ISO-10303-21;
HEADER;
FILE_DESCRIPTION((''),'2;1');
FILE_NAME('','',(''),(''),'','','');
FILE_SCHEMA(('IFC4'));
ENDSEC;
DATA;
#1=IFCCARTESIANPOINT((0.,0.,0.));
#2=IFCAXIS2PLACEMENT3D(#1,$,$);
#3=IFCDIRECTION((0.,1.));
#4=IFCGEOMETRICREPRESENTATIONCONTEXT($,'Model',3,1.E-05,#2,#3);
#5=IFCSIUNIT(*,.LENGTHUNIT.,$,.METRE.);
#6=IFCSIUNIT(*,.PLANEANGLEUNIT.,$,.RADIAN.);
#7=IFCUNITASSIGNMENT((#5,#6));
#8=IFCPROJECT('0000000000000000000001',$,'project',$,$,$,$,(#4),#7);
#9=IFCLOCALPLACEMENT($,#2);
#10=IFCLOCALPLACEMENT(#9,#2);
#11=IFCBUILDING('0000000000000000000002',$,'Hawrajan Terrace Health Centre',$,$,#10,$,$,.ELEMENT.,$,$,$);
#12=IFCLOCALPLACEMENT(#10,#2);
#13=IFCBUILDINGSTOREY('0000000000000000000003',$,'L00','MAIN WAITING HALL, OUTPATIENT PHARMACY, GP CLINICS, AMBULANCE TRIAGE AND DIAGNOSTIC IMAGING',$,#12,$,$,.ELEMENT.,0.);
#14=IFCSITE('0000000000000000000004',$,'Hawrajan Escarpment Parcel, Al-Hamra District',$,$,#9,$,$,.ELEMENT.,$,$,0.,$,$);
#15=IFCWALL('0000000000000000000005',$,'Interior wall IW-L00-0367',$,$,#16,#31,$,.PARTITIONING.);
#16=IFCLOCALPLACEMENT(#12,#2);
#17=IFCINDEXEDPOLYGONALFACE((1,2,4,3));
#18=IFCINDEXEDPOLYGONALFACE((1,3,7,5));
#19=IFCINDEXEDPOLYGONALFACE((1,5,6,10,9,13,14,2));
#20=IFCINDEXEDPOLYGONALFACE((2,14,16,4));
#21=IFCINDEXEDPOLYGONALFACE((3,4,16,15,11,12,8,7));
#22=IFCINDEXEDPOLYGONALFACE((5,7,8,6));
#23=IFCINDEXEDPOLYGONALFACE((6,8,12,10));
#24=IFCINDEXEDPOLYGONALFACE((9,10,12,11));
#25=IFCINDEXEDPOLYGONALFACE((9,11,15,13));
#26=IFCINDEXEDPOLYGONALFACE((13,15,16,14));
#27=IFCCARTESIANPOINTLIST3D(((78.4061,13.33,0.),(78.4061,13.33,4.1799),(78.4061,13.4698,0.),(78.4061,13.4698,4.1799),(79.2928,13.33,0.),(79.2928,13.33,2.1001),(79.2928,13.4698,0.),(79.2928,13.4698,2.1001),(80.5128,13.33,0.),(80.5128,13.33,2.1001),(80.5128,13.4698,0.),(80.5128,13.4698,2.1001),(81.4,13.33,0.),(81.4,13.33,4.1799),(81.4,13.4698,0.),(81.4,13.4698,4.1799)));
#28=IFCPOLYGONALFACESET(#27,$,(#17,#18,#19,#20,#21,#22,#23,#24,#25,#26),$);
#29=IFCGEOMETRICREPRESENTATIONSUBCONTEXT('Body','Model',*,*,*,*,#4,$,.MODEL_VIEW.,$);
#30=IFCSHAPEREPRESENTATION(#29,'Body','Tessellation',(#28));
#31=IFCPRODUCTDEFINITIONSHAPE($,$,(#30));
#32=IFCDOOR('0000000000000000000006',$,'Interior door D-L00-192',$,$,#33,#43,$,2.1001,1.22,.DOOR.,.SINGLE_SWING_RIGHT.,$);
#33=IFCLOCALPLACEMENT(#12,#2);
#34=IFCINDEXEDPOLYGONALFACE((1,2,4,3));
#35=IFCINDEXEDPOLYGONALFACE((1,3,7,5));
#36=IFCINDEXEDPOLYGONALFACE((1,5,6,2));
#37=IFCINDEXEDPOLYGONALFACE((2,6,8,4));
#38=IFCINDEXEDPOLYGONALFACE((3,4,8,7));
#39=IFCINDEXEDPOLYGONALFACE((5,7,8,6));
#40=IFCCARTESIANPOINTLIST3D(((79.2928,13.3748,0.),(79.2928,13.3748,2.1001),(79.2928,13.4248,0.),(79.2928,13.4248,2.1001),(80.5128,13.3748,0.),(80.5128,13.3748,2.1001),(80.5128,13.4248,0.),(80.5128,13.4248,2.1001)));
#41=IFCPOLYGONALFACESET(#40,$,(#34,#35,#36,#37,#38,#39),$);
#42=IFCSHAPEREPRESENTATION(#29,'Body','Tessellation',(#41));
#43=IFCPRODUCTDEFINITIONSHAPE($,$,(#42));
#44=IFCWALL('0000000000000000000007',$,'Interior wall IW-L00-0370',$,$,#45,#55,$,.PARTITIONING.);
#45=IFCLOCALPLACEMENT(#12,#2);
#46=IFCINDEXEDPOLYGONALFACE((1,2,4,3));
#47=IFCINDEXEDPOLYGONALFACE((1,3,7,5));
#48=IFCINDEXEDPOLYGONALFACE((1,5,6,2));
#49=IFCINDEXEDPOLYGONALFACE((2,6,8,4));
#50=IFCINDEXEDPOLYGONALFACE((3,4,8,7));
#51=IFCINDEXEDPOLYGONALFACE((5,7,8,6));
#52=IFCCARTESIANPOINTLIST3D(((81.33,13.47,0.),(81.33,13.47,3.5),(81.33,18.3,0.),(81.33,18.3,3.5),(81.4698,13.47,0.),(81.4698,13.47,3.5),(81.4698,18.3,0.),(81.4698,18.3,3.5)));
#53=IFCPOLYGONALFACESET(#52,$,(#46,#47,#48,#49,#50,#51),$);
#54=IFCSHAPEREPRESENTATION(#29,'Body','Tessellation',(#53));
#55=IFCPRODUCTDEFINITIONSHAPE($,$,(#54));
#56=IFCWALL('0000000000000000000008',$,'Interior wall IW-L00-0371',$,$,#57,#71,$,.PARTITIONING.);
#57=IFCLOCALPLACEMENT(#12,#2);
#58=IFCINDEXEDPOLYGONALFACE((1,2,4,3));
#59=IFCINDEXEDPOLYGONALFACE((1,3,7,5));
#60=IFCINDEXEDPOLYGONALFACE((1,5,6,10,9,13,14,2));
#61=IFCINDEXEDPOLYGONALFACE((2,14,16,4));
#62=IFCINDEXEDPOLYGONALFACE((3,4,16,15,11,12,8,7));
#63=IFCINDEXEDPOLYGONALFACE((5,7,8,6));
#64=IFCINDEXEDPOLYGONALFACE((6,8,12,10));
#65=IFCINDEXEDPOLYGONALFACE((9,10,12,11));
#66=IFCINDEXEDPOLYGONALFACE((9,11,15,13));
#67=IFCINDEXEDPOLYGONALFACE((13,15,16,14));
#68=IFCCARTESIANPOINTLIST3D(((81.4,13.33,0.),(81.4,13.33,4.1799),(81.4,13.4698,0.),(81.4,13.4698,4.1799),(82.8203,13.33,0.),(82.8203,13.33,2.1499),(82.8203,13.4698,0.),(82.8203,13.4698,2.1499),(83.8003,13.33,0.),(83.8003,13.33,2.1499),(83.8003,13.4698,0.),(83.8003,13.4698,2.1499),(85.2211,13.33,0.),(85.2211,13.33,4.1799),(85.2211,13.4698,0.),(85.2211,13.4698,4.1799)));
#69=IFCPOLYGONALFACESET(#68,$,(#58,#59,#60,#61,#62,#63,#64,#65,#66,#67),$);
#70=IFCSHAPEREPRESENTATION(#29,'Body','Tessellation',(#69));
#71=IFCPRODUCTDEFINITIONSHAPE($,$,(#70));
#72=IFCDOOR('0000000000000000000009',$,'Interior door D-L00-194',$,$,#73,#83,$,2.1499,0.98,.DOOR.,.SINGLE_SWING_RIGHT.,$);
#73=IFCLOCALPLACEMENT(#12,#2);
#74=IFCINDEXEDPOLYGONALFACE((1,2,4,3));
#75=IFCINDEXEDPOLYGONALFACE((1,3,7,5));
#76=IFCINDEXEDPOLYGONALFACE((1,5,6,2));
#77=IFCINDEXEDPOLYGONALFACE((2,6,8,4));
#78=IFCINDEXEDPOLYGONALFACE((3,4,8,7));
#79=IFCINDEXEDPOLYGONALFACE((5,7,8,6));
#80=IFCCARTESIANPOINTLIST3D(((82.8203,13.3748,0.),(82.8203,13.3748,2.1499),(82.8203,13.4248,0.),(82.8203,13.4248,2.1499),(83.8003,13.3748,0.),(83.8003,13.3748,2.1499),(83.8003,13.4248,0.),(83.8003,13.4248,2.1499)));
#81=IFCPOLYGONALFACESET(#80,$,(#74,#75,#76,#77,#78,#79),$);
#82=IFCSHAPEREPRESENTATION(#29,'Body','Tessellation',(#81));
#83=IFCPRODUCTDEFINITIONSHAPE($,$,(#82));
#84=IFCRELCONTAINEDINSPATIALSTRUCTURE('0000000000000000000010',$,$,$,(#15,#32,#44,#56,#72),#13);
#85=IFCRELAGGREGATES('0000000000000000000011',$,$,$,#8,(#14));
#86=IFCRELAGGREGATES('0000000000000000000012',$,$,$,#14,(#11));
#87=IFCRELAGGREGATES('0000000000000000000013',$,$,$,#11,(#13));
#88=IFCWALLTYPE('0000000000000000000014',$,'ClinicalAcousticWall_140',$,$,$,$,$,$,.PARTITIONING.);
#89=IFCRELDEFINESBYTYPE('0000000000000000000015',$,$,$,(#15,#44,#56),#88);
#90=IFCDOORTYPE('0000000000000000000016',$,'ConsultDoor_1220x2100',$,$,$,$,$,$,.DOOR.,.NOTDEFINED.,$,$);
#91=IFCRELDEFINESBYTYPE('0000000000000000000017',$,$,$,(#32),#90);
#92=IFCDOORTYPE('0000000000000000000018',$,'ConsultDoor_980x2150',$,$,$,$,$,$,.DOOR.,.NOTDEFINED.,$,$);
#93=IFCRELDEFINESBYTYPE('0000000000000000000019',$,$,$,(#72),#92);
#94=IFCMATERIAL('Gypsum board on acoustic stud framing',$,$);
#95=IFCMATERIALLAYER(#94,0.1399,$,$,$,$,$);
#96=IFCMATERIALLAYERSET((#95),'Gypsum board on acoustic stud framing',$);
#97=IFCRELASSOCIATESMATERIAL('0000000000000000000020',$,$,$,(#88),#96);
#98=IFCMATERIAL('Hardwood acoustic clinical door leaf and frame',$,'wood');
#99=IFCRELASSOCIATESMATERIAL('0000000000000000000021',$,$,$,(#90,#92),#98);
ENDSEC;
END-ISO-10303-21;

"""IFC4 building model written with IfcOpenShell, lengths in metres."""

from ifc_helpers import new_model, si_unit, direction, frame, frame_2d, origin, place, context, subcontext, project, spatial, rectangle, extrude, material, layer, layer_set, type_object, element, fill, save


model = new_model("IFC4")

# Units and contexts
model_context = context("Model", 3, precision=1e-05, world=origin(), true_north=direction((0.0, 1.0)))
body_context = subcontext(model_context, "Body", "Model", "MODEL_VIEW")
ifc_project = project(units=[si_unit("LENGTHUNIT", "METRE"), si_unit("PLANEANGLEUNIT", "RADIAN")], contexts=[model_context])

# Site, building, storey
site_placement = place(None, origin())
site = spatial("IfcSite", under=ifc_project, at=site_placement, Name="Hawrajan Escarpment Parcel, Al-Hamra District", CompositionType="ELEMENT", RefElevation=0.0)
building_placement = place(site_placement, origin())
building = spatial("IfcBuilding", under=site, at=building_placement, Name="Hawrajan Terrace Health Centre", CompositionType="ELEMENT")
storey_placement = place(building_placement, origin())
storey = spatial("IfcBuildingStorey", under=building, at=storey_placement, Name="L00", Description="MAIN WAITING HALL, OUTPATIENT PHARMACY, GP CLINICS, AMBULANCE TRIAGE AND DIAGNOSTIC IMAGING", CompositionType="ELEMENT", Elevation=0.0)

# Shared definitions
ifc_material_1 = material(Name="Gypsum board on acoustic stud framing")
ifc_layer_1 = layer(ifc_material_1, 0.1399)
ifc_layer_set_1 = layer_set([ifc_layer_1], Name="Gypsum board on acoustic stud framing")
wall_type = type_object("IfcWallType", Name="ClinicalAcousticWall_140", PredefinedType="PARTITIONING", material=ifc_layer_set_1)

# Wall, opening, door
wall_1_placement = place(storey_placement, frame((78.406, 13.3999, 0.0), z_axis=(0.0, 0.0, 1.0), x_axis=(1.0, 0.0, 0.0)))
wall_1 = element("IfcWall", 1, at=wall_1_placement, inside=storey, type_object=wall_type, Name="Interior wall IW-L00-0367", PredefinedType="PARTITIONING", context=body_context, shape_type="SweptSolid", body=[
    extrude(rectangle(XDim=2.9939, YDim=0.1399, at=frame_2d((1.4971, 0.0))), origin(), (0.0, 0.0, 1.0), 4.1799),
])
opening_1_placement = place(wall_1_placement, frame((0.887, 0.0, 0.0)))
opening_1 = element("IfcOpeningElement", 2, at=opening_1_placement, cuts=wall_1, PredefinedType="OPENING", context=body_context, shape_type="SweptSolid", body=[
    extrude(rectangle(XDim=1.22, YDim=2.1001, at=frame_2d((0.6099, 1.05))), frame((0.0, 0.0798, 0.0), z_axis=(0.0, -1.0, 0.0), x_axis=(1.0, 0.0, 0.0)), (0.0, 0.0, 1.0), 0.1599),
])
ifc_material_2 = material(Name="Hardwood acoustic clinical door leaf and frame", Category="wood")
door_type_1 = type_object("IfcDoorType", Name="ConsultDoor_1220x2100", OperationType="NOTDEFINED", PredefinedType="DOOR", material=ifc_material_2)
door_1_placement = place(opening_1_placement, origin())
door_1 = element("IfcDoor", 3, at=door_1_placement, inside=storey, type_object=door_type_1, Name="Interior door D-L00-192", OperationType="SINGLE_SWING_RIGHT", OverallHeight=2.1001, OverallWidth=1.22, PredefinedType="DOOR", context=body_context, shape_type="SweptSolid", body=[
    extrude(rectangle(XDim=1.22, YDim=2.1001, at=frame_2d((0.6099, 1.05))), frame((0.0, 0.0249, 0.0), z_axis=(0.0, -1.0, 0.0), x_axis=(1.0, 0.0, 0.0)), (0.0, 0.0, 1.0), 0.05),
])
fill(opening_1, door_1)

# Wall
wall_2_placement = place(storey_placement, frame((81.3999, 13.47, 0.0), z_axis=(0.0, 0.0, 1.0), x_axis=(0.0, 1.0, 0.0)))
element("IfcWall", 4, at=wall_2_placement, inside=storey, type_object=wall_type, Name="Interior wall IW-L00-0370", PredefinedType="PARTITIONING", context=body_context, shape_type="SweptSolid", body=[
    extrude(rectangle(XDim=4.8301, YDim=0.1399, at=frame_2d((2.415, 0.0))), origin(), (0.0, 0.0, 1.0), 3.5),
])

# Wall, opening, door
wall_3_placement = place(storey_placement, frame((81.3999, 13.3999, 0.0), z_axis=(0.0, 0.0, 1.0), x_axis=(1.0, 0.0, 0.0)))
wall_3 = element("IfcWall", 5, at=wall_3_placement, inside=storey, type_object=wall_type, Name="Interior wall IW-L00-0371", PredefinedType="PARTITIONING", context=body_context, shape_type="SweptSolid", body=[
    extrude(rectangle(XDim=3.821, YDim=0.1399, at=frame_2d((1.9106, 0.0))), origin(), (0.0, 0.0, 1.0), 4.1799),
])
opening_2_placement = place(wall_3_placement, frame((1.4204, 0.0, 0.0)))
opening_2 = element("IfcOpeningElement", 6, at=opening_2_placement, cuts=wall_3, PredefinedType="OPENING", context=body_context, shape_type="SweptSolid", body=[
    extrude(rectangle(XDim=0.98, YDim=2.1499, at=frame_2d((0.49, 1.075))), frame((0.0, 0.0798, 0.0), z_axis=(0.0, -1.0, 0.0), x_axis=(1.0, 0.0, 0.0)), (0.0, 0.0, 1.0), 0.1599),
])
door_type_2 = type_object("IfcDoorType", Name="ConsultDoor_980x2150", OperationType="NOTDEFINED", PredefinedType="DOOR", material=ifc_material_2)
door_2_placement = place(opening_2_placement, origin())
door_2 = element("IfcDoor", 7, at=door_2_placement, inside=storey, type_object=door_type_2, Name="Interior door D-L00-194", OperationType="SINGLE_SWING_RIGHT", OverallHeight=2.1499, OverallWidth=0.98, PredefinedType="DOOR", context=body_context, shape_type="SweptSolid", body=[
    extrude(rectangle(XDim=0.98, YDim=2.1499, at=frame_2d((0.49, 1.075))), frame((0.0, 0.0249, 0.0), z_axis=(0.0, -1.0, 0.0), x_axis=(1.0, 0.0, 0.0)), (0.0, 0.0, 1.0), 0.05),
])
fill(opening_2, door_2)

save(model, "model.ifc")
